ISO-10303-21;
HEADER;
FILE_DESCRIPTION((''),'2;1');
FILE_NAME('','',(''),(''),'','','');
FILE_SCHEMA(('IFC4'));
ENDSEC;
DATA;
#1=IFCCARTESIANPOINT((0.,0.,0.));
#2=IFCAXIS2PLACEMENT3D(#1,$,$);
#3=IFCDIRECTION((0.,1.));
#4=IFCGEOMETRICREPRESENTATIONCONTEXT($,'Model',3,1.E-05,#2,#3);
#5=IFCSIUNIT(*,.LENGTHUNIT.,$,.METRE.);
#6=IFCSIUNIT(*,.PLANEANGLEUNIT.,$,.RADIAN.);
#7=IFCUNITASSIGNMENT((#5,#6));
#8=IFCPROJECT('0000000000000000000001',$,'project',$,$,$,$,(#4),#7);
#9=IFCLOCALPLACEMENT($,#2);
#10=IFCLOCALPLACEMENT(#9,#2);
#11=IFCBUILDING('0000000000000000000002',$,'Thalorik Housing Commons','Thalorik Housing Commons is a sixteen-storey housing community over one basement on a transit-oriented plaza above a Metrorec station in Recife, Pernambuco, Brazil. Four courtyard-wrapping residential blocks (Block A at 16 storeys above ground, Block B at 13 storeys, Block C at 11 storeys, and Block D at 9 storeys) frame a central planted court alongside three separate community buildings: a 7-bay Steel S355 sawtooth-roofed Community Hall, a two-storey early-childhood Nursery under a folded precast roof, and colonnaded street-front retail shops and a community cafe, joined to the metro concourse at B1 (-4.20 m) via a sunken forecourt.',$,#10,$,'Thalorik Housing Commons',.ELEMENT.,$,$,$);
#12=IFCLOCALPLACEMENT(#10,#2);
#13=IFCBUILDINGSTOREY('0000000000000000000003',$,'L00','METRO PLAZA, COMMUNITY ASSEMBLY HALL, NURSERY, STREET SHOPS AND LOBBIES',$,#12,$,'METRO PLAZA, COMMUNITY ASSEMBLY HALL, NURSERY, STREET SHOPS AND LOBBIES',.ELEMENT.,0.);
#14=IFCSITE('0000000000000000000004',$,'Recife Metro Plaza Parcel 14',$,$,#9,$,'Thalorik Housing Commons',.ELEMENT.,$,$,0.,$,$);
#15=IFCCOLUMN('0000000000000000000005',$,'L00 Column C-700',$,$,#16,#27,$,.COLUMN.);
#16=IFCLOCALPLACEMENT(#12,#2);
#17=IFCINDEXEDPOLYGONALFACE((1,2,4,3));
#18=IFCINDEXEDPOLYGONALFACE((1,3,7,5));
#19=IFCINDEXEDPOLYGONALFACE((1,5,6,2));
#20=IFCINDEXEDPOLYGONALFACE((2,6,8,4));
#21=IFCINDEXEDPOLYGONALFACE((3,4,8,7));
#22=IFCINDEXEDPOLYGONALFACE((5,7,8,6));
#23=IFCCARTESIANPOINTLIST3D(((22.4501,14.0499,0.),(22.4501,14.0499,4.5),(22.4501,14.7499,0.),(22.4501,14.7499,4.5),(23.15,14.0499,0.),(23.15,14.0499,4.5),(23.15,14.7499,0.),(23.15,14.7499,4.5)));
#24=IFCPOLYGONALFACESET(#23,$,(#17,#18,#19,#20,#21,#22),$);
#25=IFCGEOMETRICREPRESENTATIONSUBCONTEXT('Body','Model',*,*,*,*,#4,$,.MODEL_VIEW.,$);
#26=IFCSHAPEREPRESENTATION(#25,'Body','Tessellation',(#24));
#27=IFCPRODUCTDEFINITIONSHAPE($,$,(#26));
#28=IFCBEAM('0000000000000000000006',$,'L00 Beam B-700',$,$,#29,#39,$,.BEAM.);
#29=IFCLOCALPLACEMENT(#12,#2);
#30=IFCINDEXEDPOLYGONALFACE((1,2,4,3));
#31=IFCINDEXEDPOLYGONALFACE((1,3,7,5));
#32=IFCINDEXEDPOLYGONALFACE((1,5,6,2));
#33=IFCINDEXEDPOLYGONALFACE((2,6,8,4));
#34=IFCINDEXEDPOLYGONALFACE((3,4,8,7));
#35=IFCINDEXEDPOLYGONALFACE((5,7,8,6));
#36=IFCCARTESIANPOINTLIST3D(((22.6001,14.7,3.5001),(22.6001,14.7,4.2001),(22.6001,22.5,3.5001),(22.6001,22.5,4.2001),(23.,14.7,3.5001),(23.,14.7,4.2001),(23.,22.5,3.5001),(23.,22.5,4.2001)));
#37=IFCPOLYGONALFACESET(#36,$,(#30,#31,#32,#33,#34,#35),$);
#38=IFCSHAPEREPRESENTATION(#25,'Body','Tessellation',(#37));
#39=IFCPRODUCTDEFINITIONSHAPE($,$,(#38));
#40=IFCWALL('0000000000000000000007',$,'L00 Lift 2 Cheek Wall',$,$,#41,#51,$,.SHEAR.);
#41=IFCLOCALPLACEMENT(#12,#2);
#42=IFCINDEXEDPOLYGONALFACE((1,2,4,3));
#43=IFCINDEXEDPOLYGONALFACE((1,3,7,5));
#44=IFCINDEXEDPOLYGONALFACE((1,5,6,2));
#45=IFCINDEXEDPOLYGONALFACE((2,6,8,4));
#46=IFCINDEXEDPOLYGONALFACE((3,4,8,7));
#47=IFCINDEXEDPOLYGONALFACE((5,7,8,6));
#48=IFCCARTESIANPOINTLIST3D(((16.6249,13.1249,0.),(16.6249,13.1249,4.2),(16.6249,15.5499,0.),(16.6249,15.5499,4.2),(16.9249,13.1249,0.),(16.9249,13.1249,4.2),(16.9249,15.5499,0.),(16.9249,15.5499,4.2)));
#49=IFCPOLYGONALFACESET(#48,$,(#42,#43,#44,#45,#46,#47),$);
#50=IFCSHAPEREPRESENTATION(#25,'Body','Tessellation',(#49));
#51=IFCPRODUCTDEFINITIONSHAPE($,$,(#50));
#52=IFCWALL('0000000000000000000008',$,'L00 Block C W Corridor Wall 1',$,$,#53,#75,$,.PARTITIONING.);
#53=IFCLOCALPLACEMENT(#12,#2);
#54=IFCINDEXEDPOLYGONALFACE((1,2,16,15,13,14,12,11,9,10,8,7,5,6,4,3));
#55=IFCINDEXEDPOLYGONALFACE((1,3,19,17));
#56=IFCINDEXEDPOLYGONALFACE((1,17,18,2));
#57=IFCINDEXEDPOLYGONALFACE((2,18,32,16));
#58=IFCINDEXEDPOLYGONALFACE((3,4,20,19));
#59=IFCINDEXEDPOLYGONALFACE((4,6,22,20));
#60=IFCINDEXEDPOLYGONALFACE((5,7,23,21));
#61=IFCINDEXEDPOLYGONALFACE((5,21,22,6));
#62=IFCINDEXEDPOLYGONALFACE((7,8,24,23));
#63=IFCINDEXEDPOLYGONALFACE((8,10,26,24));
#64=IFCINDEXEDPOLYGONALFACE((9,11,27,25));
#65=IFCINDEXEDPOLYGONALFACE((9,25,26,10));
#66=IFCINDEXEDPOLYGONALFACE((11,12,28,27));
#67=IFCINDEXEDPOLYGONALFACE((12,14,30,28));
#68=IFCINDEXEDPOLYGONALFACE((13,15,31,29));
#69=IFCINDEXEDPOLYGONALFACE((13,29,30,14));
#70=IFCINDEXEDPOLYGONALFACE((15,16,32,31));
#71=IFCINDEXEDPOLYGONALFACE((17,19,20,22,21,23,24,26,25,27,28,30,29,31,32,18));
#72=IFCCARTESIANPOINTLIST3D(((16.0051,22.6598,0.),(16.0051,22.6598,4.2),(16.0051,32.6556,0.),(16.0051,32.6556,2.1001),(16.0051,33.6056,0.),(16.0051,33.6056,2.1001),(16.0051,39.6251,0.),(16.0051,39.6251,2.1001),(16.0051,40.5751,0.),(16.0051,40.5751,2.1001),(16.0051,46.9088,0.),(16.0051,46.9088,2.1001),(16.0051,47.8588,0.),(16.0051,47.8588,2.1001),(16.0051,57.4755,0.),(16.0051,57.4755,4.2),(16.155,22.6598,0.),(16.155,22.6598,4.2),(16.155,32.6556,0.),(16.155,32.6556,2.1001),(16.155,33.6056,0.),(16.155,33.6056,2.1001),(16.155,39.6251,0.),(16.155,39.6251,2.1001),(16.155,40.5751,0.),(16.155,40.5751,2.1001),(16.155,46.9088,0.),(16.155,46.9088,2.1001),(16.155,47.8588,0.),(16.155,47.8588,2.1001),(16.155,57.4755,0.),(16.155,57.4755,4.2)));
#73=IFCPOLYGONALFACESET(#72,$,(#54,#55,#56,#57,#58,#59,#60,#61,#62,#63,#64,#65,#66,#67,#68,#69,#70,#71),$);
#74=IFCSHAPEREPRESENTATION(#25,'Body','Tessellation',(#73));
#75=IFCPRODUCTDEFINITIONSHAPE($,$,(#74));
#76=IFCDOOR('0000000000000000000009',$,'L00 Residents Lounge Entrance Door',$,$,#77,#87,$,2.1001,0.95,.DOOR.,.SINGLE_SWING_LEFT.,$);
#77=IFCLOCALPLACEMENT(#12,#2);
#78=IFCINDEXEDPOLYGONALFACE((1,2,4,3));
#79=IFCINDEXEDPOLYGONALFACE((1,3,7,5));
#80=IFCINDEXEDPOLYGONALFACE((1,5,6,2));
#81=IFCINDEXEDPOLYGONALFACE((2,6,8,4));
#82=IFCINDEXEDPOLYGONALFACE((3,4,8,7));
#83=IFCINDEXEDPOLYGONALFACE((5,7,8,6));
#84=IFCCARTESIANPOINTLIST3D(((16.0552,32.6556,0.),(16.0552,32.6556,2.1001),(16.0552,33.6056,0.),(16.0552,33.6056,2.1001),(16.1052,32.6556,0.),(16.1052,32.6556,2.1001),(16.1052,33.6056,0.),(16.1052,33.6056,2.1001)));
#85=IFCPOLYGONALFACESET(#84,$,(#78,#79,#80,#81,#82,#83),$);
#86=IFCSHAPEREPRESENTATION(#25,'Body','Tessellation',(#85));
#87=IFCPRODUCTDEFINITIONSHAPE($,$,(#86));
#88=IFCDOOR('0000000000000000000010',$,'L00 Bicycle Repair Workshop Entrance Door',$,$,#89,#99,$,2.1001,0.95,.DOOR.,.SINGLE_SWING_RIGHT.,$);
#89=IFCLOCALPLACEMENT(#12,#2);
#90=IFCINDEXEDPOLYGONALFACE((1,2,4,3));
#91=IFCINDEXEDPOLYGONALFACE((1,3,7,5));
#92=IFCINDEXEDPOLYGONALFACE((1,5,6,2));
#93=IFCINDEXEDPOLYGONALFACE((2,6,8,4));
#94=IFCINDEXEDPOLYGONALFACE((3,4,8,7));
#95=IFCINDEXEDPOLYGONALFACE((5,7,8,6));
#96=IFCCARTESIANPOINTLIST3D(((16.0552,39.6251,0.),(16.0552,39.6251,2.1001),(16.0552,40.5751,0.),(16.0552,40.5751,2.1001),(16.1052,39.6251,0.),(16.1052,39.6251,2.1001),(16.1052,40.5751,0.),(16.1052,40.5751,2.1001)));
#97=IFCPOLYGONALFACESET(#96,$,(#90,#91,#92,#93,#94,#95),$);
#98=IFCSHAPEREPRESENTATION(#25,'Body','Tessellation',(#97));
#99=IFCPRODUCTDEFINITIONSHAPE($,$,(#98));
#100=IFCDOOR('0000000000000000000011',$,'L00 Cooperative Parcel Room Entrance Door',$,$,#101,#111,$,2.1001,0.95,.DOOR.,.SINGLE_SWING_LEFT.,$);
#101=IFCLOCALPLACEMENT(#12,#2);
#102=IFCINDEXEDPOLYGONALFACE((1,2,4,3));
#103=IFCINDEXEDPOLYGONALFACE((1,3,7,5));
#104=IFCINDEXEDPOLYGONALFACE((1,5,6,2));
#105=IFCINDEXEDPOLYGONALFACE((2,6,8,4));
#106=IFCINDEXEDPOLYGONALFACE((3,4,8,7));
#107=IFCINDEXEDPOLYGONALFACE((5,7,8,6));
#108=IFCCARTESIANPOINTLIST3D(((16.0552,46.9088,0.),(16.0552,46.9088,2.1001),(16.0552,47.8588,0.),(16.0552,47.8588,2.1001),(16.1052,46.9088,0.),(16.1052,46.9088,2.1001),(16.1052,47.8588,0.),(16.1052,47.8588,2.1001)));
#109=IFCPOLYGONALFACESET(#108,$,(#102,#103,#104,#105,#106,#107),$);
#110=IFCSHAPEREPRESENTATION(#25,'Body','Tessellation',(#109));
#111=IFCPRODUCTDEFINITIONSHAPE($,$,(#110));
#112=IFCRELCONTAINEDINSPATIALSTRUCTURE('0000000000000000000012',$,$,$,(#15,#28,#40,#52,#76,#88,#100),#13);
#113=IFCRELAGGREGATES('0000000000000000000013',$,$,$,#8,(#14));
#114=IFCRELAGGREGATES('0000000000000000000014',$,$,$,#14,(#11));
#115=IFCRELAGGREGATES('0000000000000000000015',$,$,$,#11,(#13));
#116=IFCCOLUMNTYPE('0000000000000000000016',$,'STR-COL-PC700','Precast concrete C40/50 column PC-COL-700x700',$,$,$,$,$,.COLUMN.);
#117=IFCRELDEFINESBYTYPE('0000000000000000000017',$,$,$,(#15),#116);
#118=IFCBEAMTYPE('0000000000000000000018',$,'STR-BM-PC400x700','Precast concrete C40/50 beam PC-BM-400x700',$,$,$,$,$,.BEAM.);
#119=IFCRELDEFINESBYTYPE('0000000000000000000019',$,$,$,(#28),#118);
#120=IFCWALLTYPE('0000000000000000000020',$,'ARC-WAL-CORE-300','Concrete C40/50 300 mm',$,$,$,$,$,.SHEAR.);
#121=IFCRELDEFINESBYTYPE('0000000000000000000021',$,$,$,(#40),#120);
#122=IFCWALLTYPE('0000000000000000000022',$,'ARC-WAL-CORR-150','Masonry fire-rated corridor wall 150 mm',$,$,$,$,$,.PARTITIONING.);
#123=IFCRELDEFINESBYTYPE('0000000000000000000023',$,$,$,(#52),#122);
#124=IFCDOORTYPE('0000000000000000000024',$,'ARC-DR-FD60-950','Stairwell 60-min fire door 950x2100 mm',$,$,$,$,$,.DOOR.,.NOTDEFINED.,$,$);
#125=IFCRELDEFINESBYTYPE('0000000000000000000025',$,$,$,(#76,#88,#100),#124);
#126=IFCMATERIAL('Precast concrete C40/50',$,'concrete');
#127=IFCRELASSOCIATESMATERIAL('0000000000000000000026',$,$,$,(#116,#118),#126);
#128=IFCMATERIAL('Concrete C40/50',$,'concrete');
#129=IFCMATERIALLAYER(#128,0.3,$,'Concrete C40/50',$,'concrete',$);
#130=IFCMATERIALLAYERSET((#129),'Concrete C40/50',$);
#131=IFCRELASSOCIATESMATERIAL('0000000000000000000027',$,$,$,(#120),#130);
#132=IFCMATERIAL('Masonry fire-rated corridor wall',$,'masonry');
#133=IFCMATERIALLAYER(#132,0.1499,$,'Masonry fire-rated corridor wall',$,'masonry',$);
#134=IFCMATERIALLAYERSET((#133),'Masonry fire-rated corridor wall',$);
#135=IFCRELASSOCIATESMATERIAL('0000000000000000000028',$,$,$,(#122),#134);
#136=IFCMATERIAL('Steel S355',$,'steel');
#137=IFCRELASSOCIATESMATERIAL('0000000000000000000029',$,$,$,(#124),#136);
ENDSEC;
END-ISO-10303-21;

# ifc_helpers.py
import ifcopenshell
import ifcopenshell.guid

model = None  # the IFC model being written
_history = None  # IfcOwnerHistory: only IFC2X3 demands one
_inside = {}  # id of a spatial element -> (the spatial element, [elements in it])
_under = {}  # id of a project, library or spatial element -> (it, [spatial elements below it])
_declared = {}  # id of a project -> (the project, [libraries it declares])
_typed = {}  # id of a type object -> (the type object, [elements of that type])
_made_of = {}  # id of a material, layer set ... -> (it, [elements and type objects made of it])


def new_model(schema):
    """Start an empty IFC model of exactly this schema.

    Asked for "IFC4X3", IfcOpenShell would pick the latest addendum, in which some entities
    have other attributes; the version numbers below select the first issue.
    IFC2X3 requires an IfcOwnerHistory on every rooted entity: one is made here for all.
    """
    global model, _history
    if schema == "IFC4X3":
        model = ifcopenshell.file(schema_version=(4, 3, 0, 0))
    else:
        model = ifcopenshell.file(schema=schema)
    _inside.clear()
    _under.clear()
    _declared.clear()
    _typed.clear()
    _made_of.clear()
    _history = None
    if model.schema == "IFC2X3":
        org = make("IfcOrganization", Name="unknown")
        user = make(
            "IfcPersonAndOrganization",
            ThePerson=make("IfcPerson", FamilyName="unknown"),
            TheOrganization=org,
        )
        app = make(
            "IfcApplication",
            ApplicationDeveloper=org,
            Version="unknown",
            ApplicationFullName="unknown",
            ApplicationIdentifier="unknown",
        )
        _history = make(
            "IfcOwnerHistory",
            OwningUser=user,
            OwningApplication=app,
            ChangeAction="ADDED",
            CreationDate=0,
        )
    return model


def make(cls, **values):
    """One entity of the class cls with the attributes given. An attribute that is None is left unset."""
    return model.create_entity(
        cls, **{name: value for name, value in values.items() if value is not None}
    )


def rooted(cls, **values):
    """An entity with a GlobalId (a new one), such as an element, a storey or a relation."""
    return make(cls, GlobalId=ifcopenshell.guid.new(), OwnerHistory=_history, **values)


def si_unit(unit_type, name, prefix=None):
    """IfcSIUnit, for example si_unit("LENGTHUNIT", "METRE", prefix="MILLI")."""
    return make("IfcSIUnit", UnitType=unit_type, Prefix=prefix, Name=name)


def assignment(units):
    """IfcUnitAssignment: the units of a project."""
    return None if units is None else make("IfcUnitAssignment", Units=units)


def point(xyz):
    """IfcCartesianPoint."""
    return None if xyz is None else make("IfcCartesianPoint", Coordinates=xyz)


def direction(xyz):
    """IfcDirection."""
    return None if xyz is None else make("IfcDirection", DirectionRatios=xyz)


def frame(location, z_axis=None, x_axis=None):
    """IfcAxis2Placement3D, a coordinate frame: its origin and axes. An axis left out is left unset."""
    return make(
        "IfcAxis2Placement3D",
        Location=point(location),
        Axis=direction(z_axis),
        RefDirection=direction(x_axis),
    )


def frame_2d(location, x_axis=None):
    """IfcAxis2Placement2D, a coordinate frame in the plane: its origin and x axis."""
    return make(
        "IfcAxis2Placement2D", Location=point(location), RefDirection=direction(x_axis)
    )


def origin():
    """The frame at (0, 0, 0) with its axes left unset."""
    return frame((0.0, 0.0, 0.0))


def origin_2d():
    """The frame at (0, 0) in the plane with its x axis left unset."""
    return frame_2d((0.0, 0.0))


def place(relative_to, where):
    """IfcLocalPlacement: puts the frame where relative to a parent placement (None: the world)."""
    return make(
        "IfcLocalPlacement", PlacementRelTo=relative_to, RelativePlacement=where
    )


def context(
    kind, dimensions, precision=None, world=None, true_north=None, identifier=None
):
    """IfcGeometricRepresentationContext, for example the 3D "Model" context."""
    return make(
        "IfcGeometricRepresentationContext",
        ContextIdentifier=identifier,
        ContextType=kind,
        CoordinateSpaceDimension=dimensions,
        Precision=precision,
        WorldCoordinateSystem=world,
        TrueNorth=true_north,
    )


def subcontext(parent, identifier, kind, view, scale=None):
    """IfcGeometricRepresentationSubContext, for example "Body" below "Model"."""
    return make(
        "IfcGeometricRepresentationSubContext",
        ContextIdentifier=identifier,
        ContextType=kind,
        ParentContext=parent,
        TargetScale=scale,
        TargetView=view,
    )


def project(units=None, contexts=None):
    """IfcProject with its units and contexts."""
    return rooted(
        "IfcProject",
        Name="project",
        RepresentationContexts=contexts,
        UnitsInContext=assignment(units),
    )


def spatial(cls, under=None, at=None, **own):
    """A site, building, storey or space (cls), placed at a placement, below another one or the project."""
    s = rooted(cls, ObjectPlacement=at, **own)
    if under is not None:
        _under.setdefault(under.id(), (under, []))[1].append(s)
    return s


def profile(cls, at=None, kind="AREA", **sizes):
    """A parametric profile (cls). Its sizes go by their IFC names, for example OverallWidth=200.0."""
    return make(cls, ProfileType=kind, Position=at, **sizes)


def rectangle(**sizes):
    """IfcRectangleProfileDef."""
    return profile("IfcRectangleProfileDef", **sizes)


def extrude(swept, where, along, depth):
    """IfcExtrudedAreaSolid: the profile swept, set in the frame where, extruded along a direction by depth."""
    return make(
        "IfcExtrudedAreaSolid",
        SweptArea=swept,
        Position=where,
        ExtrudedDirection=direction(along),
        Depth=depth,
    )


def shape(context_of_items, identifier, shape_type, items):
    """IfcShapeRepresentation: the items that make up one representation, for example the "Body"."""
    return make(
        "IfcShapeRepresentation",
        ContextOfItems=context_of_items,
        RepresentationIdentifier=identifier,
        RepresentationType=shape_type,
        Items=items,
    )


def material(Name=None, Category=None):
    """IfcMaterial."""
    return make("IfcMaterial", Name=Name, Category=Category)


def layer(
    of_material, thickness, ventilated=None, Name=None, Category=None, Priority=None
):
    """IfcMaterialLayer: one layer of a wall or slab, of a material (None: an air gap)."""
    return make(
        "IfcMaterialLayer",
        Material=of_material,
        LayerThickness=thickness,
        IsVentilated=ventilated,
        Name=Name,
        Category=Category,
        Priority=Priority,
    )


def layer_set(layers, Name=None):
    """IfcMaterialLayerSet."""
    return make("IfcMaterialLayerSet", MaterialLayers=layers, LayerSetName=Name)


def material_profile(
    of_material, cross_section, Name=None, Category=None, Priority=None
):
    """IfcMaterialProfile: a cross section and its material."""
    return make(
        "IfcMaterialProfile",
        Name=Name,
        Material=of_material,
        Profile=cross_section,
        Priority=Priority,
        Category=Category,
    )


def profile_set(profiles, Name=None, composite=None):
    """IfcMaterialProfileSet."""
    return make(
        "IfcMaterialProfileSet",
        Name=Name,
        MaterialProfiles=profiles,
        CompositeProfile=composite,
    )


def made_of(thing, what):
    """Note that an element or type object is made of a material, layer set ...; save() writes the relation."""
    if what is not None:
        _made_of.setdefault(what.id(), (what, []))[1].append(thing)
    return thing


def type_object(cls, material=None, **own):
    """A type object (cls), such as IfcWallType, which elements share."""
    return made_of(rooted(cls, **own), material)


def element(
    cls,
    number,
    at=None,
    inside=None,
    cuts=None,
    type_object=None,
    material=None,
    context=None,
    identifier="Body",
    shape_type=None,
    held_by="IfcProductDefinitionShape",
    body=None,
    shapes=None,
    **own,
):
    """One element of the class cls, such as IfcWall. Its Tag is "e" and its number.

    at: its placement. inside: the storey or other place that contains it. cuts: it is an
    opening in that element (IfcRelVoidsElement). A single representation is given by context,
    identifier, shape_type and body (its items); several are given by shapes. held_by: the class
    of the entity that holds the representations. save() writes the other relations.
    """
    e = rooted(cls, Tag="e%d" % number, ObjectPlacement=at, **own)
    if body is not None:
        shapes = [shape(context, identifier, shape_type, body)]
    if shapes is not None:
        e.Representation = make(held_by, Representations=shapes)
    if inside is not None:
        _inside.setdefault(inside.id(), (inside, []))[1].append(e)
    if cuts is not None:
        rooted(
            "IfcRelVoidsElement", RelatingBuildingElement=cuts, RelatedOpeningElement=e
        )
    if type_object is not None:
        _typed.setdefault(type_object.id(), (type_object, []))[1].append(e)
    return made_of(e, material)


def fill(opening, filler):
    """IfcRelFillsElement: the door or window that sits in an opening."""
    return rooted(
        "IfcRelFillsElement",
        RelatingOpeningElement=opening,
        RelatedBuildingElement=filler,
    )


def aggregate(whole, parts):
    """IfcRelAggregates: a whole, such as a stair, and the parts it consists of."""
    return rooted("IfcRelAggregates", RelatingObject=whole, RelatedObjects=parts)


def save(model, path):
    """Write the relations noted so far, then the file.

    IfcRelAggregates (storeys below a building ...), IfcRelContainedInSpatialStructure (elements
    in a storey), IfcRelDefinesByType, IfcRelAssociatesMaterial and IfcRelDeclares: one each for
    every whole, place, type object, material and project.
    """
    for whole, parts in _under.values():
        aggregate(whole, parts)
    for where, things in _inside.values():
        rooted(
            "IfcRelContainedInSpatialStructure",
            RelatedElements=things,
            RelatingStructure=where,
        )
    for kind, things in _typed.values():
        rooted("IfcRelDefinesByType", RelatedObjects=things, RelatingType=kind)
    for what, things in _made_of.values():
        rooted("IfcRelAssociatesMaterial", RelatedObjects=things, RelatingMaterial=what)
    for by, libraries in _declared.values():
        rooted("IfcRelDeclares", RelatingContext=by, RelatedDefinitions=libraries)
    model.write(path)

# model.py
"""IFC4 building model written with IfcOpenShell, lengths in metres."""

from ifc_helpers import new_model, si_unit, direction, frame, frame_2d, origin, origin_2d, place, context, subcontext, project, spatial, rectangle, extrude, material, layer, layer_set, material_profile, profile_set, type_object, element, fill, save


model = new_model("IFC4")

# Units and contexts
model_context = context("Model", 3, precision=1e-05, world=origin(), true_north=direction((0.0, 1.0)))
body_context = subcontext(model_context, "Body", "Model", "MODEL_VIEW")
ifc_project = project(units=[si_unit("LENGTHUNIT", "METRE"), si_unit("PLANEANGLEUNIT", "RADIAN")], contexts=[model_context])

# Site, building, storey
site_placement = place(None, origin())
site = spatial("IfcSite", under=ifc_project, at=site_placement, Name="Recife Metro Plaza Parcel 14", LongName="Thalorik Housing Commons", CompositionType="ELEMENT", RefElevation=0.0)
building_placement = place(site_placement, origin())
building = spatial("IfcBuilding", under=site, at=building_placement, Name="Thalorik Housing Commons", Description="Thalorik Housing Commons is a sixteen-storey housing community over one basement on a transit-oriented plaza above a Metrorec station in Recife, Pernambuco, Brazil. Four courtyard-wrapping residential blocks (Block A at 16 storeys above ground, Block B at 13 storeys, Block C at 11 storeys, and Block D at 9 storeys) frame a central planted court alongside three separate community buildings: a 7-bay Steel S355 sawtooth-roofed Community Hall, a two-storey early-childhood Nursery under a folded precast roof, and colonnaded street-front retail shops and a community cafe, joined to the metro concourse at B1 (-4.20 m) via a sunken forecourt.", LongName="Thalorik Housing Commons", CompositionType="ELEMENT")
storey_placement = place(building_placement, origin())
storey = spatial("IfcBuildingStorey", under=building, at=storey_placement, Name="L00", Description="METRO PLAZA, COMMUNITY ASSEMBLY HALL, NURSERY, STREET SHOPS AND LOBBIES", LongName="METRO PLAZA, COMMUNITY ASSEMBLY HALL, NURSERY, STREET SHOPS AND LOBBIES", CompositionType="ELEMENT", Elevation=0.0)

# Column
ifc_material_1 = material(Name="Precast concrete C40/50", Category="concrete")
ifc_material_profile_1 = material_profile(ifc_material_1, rectangle(XDim=0.7, YDim=0.7, at=origin_2d()), Name="PC 700x700", Category="concrete")
ifc_profile_set_1 = profile_set([ifc_material_profile_1], Name="Precast concrete C40/50")
column_type = type_object("IfcColumnType", Name="STR-COL-PC700", Description="Precast concrete C40/50 column PC-COL-700x700", PredefinedType="COLUMN", material=ifc_profile_set_1)
column_placement = place(storey_placement, frame((22.8, 14.3999, 0.0), z_axis=(0.0, 0.0, 1.0), x_axis=(1.0, 0.0, 0.0)))
element("IfcColumn", 1, at=column_placement, inside=storey, type_object=column_type, Name="L00 Column C-700", PredefinedType="COLUMN", context=body_context, shape_type="SweptSolid", body=[
    extrude(rectangle(XDim=0.7, YDim=0.7, at=origin_2d()), origin(), (0.0, 0.0, 1.0), 4.5),
])

# Beam
ifc_material_profile_2 = material_profile(ifc_material_1, rectangle(XDim=0.3999, YDim=0.7, at=origin_2d()), Name="PC 400x700", Category="concrete")
ifc_profile_set_2 = profile_set([ifc_material_profile_2], Name="Precast concrete C40/50")
beam_type = type_object("IfcBeamType", Name="STR-BM-PC400x700", Description="Precast concrete C40/50 beam PC-BM-400x700", PredefinedType="BEAM", material=ifc_profile_set_2)
beam_placement = place(storey_placement, frame((22.8, 14.7, 3.8501), z_axis=(0.0, 1.0, 0.0), x_axis=(-1.0, 0.0, 0.0)))
element("IfcBeam", 2, at=beam_placement, inside=storey, type_object=beam_type, Name="L00 Beam B-700", PredefinedType="BEAM", context=body_context, shape_type="SweptSolid", body=[
    extrude(rectangle(XDim=0.3999, YDim=0.7, at=origin_2d()), origin(), (0.0, 0.0, 1.0), 7.8),
])

# Wall
ifc_material_2 = material(Name="Concrete C40/50", Category="concrete")
ifc_layer_1 = layer(ifc_material_2, 0.3, Name="Concrete C40/50", Category="concrete")
ifc_layer_set_1 = layer_set([ifc_layer_1], Name="Concrete C40/50")
wall_type_1 = type_object("IfcWallType", Name="ARC-WAL-CORE-300", Description="Concrete C40/50 300 mm", PredefinedType="SHEAR", material=ifc_layer_set_1)
wall_1_placement = place(storey_placement, frame((16.7749, 13.125, 0.0), z_axis=(0.0, 0.0, 1.0), x_axis=(0.0, 1.0, 0.0)))
element("IfcWall", 3, at=wall_1_placement, inside=storey, type_object=wall_type_1, Name="L00 Lift 2 Cheek Wall", PredefinedType="SHEAR", context=body_context, shape_type="SweptSolid", body=[
    extrude(rectangle(XDim=2.425, YDim=0.3, at=frame_2d((1.2124, 0.0))), origin(), (0.0, 0.0, 1.0), 4.2),
])

# Wall, openings, doors
ifc_material_3 = material(Name="Masonry fire-rated corridor wall", Category="masonry")
ifc_layer_2 = layer(ifc_material_3, 0.1499, Name="Masonry fire-rated corridor wall", Category="masonry")
ifc_layer_set_2 = layer_set([ifc_layer_2], Name="Masonry fire-rated corridor wall")
wall_type_2 = type_object("IfcWallType", Name="ARC-WAL-CORR-150", Description="Masonry fire-rated corridor wall 150 mm", PredefinedType="PARTITIONING", material=ifc_layer_set_2)
wall_2_placement = place(storey_placement, frame((16.0801, 22.6599, 0.0), z_axis=(0.0, 0.0, 1.0), x_axis=(0.0, 1.0, 0.0)))
wall_2 = element("IfcWall", 4, at=wall_2_placement, inside=storey, type_object=wall_type_2, Name="L00 Block C W Corridor Wall 1", PredefinedType="PARTITIONING", context=body_context, shape_type="SweptSolid", body=[
    extrude(rectangle(XDim=34.8157, YDim=0.1499, at=frame_2d((17.4077, 0.0))), origin(), (0.0, 0.0, 1.0), 4.2),
])
opening_1_placement = place(wall_2_placement, frame((9.9956, 0.0, 0.0)))
opening_1 = element("IfcOpeningElement", 5, at=opening_1_placement, cuts=wall_2, PredefinedType="OPENING", context=body_context, shape_type="SweptSolid", body=[
    extrude(rectangle(XDim=0.95, YDim=2.1001, at=frame_2d((0.4751, 1.05))), frame((0.0, 0.085, 0.0), z_axis=(0.0, -1.0, 0.0), x_axis=(1.0, 0.0, 0.0)), (0.0, 0.0, 1.0), 0.1699),
])
opening_2_placement = place(wall_2_placement, frame((16.9651, 0.0, 0.0)))
opening_2 = element("IfcOpeningElement", 6, at=opening_2_placement, cuts=wall_2, PredefinedType="OPENING", context=body_context, shape_type="SweptSolid", body=[
    extrude(rectangle(XDim=0.95, YDim=2.1001, at=frame_2d((0.4751, 1.05))), frame((0.0, 0.085, 0.0), z_axis=(0.0, -1.0, 0.0), x_axis=(1.0, 0.0, 0.0)), (0.0, 0.0, 1.0), 0.1699),
])
opening_3_placement = place(wall_2_placement, frame((24.2488, 0.0, 0.0)))
opening_3 = element("IfcOpeningElement", 7, at=opening_3_placement, cuts=wall_2, PredefinedType="OPENING", context=body_context, shape_type="SweptSolid", body=[
    extrude(rectangle(XDim=0.95, YDim=2.1001, at=frame_2d((0.4751, 1.05))), frame((0.0, 0.085, 0.0), z_axis=(0.0, -1.0, 0.0), x_axis=(1.0, 0.0, 0.0)), (0.0, 0.0, 1.0), 0.1699),
])
ifc_material_4 = material(Name="Steel S355", Category="steel")
door_type_1 = type_object("IfcDoorType", Name="ARC-DR-FD60-950", Description="Stairwell 60-min fire door 950x2100 mm", OperationType="NOTDEFINED", PredefinedType="DOOR", material=ifc_material_4)
door_1_placement = place(opening_1_placement, origin())
door_1 = element("IfcDoor", 8, at=door_1_placement, inside=storey, type_object=door_type_1, Name="L00 Residents Lounge Entrance Door", OperationType="SINGLE_SWING_LEFT", OverallHeight=2.1001, OverallWidth=0.95, PredefinedType="DOOR", context=body_context, shape_type="SweptSolid", body=[
    extrude(rectangle(XDim=0.95, YDim=2.1001, at=frame_2d((0.4751, 1.05))), frame((0.0, 0.0249, 0.0), z_axis=(0.0, -1.0, 0.0), x_axis=(1.0, 0.0, 0.0)), (0.0, 0.0, 1.0), 0.05),
])
fill(opening_1, door_1)
door_2_placement = place(opening_2_placement, origin())
door_2 = element("IfcDoor", 9, at=door_2_placement, inside=storey, type_object=door_type_1, Name="L00 Bicycle Repair Workshop Entrance Door", OperationType="SINGLE_SWING_RIGHT", OverallHeight=2.1001, OverallWidth=0.95, PredefinedType="DOOR", context=body_context, shape_type="SweptSolid", body=[
    extrude(rectangle(XDim=0.95, YDim=2.1001, at=frame_2d((0.4751, 1.05))), frame((0.0, 0.0249, 0.0), z_axis=(0.0, -1.0, 0.0), x_axis=(1.0, 0.0, 0.0)), (0.0, 0.0, 1.0), 0.05),
])
fill(opening_2, door_2)
door_3_placement = place(opening_3_placement, origin())
door_3 = element("IfcDoor", 10, at=door_3_placement, inside=storey, type_object=door_type_1, Name="L00 Cooperative Parcel Room Entrance Door", OperationType="SINGLE_SWING_LEFT", OverallHeight=2.1001, OverallWidth=0.95, PredefinedType="DOOR", context=body_context, shape_type="SweptSolid", body=[
    extrude(rectangle(XDim=0.95, YDim=2.1001, at=frame_2d((0.4751, 1.05))), frame((0.0, 0.0249, 0.0), z_axis=(0.0, -1.0, 0.0), x_axis=(1.0, 0.0, 0.0)), (0.0, 0.0, 1.0), 0.05),
])
fill(opening_3, door_3)

save(model, "model.ifc")
